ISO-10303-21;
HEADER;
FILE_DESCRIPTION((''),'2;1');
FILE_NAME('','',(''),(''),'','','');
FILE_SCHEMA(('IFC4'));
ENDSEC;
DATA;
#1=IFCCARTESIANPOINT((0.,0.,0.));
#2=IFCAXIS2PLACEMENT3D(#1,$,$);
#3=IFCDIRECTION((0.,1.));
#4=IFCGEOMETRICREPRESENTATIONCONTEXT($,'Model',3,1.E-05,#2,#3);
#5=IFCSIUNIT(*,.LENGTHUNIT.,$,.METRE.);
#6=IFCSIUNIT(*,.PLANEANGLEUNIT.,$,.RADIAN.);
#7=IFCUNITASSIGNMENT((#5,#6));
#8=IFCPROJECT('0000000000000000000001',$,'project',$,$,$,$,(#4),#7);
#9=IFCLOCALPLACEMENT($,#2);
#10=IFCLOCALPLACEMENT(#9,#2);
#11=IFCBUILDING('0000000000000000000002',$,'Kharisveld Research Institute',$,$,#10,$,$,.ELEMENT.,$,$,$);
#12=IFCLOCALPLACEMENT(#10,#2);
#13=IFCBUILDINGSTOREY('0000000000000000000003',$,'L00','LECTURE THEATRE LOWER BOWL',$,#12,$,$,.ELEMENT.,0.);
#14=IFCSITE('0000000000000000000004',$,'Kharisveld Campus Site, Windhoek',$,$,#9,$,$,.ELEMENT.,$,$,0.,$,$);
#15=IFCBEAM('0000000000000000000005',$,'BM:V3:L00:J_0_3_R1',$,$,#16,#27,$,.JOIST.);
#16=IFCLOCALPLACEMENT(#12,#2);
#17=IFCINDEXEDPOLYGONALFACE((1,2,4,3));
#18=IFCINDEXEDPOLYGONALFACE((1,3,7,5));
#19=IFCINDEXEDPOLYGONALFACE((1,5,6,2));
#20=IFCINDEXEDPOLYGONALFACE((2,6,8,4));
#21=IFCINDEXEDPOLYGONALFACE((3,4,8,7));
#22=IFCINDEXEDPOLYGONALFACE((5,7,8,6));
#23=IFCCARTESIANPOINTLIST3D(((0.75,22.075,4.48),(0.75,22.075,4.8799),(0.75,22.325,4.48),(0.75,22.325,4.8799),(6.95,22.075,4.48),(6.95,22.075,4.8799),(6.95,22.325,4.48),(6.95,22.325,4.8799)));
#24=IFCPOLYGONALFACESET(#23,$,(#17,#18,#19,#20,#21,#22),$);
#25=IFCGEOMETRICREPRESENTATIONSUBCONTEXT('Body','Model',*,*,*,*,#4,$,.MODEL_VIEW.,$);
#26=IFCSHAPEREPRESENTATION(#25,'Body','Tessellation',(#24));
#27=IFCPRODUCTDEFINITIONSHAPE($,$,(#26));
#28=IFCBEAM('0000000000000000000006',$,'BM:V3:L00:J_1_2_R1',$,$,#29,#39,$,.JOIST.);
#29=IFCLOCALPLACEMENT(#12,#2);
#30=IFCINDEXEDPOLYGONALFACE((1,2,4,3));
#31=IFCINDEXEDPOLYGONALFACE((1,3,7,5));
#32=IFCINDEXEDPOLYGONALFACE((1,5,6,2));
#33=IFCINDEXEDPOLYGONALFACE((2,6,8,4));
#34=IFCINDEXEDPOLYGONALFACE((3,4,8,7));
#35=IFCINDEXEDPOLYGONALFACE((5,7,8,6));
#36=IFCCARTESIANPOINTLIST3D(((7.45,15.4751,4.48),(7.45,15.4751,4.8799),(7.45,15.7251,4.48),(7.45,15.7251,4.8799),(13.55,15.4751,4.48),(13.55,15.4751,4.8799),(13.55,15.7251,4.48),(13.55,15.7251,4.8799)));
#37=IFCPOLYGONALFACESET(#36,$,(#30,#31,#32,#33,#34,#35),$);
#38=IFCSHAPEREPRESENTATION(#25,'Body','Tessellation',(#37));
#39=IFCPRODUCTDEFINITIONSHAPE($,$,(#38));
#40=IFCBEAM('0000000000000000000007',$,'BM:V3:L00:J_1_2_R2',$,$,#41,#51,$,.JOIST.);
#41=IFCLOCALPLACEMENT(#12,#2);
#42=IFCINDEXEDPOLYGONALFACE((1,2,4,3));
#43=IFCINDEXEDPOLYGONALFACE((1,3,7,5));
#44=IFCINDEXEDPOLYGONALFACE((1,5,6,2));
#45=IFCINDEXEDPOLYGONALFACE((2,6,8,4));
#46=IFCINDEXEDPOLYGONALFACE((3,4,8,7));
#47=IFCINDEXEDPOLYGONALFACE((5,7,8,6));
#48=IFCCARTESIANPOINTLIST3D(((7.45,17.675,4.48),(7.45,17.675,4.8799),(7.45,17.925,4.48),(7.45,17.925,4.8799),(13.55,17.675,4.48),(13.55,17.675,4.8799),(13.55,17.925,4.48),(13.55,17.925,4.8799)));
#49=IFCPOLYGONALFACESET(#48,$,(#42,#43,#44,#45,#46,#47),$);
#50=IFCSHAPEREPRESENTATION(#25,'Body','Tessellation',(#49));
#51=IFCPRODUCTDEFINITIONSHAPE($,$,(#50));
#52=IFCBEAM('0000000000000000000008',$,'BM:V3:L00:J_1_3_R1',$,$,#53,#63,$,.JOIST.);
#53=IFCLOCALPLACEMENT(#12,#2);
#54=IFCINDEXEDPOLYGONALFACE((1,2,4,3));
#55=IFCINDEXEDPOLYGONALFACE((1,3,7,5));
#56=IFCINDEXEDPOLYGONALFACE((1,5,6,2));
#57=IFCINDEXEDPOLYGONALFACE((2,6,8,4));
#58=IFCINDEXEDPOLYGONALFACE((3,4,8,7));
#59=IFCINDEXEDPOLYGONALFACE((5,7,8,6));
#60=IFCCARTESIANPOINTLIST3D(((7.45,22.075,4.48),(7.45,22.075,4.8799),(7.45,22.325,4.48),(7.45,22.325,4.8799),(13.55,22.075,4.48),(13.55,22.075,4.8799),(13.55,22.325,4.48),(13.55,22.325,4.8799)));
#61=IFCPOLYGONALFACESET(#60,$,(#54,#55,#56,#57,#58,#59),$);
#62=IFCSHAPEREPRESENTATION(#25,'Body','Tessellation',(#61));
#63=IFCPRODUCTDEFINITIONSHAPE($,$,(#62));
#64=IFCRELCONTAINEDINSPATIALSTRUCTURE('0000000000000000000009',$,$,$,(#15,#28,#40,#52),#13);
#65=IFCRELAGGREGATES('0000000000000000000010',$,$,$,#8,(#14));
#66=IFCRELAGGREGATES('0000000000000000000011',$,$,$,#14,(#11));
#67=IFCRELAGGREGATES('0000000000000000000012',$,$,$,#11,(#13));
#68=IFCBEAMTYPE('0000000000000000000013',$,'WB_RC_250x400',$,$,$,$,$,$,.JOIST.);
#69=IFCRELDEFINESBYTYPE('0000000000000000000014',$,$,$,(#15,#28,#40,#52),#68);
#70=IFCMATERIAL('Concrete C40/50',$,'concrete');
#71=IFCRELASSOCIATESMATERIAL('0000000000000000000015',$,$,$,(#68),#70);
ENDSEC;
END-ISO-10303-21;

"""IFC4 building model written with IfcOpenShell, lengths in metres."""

from ifc_helpers import new_model, si_unit, direction, frame, origin, origin_2d, place, context, subcontext, project, spatial, rectangle, extrude, material, material_profile, profile_set, type_object, element, save


model = new_model("IFC4")

# Units and contexts
model_context = context("Model", 3, precision=1e-05, world=origin(), true_north=direction((0.0, 1.0)))
body_context = subcontext(model_context, "Body", "Model", "MODEL_VIEW")
ifc_project = project(units=[si_unit("LENGTHUNIT", "METRE"), si_unit("PLANEANGLEUNIT", "RADIAN")], contexts=[model_context])

# Site, building, storey
site_placement = place(None, origin())
site = spatial("IfcSite", under=ifc_project, at=site_placement, Name="Kharisveld Campus Site, Windhoek", CompositionType="ELEMENT", RefElevation=0.0)
building_placement = place(site_placement, origin())
building = spatial("IfcBuilding", under=site, at=building_placement, Name="Kharisveld Research Institute", CompositionType="ELEMENT")
storey_placement = place(building_placement, origin())
storey = spatial("IfcBuildingStorey", under=building, at=storey_placement, Name="L00", Description="LECTURE THEATRE LOWER BOWL", CompositionType="ELEMENT", Elevation=0.0)

# Beams
ifc_material_1 = material(Name="Concrete C40/50", Category="concrete")
ifc_material_profile_1 = material_profile(ifc_material_1, rectangle(XDim=0.25, YDim=0.3999, at=origin_2d()))
ifc_profile_set_1 = profile_set([ifc_material_profile_1], Name="Concrete C40/50")
beam_type_1 = type_object("IfcBeamType", Name="WB_RC_250x400", PredefinedType="JOIST", material=ifc_profile_set_1)
for number, where, z_axis, x_axis, name in (
    (1, (0.75, 22.2, 4.6799), (1.0, 0.0, 0.0), (0.0, 1.0, 0.0), "BM:V3:L00:J_0_3_R1"),
):
    element("IfcBeam", number, at=place(storey_placement, frame(where, z_axis=z_axis, x_axis=x_axis)), inside=storey, type_object=beam_type_1, Name=name, PredefinedType="JOIST", context=body_context, shape_type="SweptSolid", body=[
        extrude(rectangle(XDim=0.25, YDim=0.3999, at=origin_2d()), origin(), (0.0, 0.0, 1.0), 6.2),
    ])
for number, where, z_axis, x_axis, name in (
    (2, (7.45, 15.6001, 4.6799), (1.0, 0.0, 0.0), (0.0, 1.0, 0.0), "BM:V3:L00:J_1_2_R1"),
    (3, (7.45, 17.8, 4.6799), (1.0, 0.0, 0.0), (0.0, 1.0, 0.0), "BM:V3:L00:J_1_2_R2"),
    (4, (7.45, 22.2, 4.6799), (1.0, 0.0, 0.0), (0.0, 1.0, 0.0), "BM:V3:L00:J_1_3_R1"),
):
    element("IfcBeam", number, at=place(storey_placement, frame(where, z_axis=z_axis, x_axis=x_axis)), inside=storey, type_object=beam_type_1, Name=name, PredefinedType="JOIST", context=body_context, shape_type="SweptSolid", body=[
        extrude(rectangle(XDim=0.25, YDim=0.3999, at=origin_2d()), origin(), (0.0, 0.0, 1.0), 6.1001),
    ])

save(model, "model.ifc")
